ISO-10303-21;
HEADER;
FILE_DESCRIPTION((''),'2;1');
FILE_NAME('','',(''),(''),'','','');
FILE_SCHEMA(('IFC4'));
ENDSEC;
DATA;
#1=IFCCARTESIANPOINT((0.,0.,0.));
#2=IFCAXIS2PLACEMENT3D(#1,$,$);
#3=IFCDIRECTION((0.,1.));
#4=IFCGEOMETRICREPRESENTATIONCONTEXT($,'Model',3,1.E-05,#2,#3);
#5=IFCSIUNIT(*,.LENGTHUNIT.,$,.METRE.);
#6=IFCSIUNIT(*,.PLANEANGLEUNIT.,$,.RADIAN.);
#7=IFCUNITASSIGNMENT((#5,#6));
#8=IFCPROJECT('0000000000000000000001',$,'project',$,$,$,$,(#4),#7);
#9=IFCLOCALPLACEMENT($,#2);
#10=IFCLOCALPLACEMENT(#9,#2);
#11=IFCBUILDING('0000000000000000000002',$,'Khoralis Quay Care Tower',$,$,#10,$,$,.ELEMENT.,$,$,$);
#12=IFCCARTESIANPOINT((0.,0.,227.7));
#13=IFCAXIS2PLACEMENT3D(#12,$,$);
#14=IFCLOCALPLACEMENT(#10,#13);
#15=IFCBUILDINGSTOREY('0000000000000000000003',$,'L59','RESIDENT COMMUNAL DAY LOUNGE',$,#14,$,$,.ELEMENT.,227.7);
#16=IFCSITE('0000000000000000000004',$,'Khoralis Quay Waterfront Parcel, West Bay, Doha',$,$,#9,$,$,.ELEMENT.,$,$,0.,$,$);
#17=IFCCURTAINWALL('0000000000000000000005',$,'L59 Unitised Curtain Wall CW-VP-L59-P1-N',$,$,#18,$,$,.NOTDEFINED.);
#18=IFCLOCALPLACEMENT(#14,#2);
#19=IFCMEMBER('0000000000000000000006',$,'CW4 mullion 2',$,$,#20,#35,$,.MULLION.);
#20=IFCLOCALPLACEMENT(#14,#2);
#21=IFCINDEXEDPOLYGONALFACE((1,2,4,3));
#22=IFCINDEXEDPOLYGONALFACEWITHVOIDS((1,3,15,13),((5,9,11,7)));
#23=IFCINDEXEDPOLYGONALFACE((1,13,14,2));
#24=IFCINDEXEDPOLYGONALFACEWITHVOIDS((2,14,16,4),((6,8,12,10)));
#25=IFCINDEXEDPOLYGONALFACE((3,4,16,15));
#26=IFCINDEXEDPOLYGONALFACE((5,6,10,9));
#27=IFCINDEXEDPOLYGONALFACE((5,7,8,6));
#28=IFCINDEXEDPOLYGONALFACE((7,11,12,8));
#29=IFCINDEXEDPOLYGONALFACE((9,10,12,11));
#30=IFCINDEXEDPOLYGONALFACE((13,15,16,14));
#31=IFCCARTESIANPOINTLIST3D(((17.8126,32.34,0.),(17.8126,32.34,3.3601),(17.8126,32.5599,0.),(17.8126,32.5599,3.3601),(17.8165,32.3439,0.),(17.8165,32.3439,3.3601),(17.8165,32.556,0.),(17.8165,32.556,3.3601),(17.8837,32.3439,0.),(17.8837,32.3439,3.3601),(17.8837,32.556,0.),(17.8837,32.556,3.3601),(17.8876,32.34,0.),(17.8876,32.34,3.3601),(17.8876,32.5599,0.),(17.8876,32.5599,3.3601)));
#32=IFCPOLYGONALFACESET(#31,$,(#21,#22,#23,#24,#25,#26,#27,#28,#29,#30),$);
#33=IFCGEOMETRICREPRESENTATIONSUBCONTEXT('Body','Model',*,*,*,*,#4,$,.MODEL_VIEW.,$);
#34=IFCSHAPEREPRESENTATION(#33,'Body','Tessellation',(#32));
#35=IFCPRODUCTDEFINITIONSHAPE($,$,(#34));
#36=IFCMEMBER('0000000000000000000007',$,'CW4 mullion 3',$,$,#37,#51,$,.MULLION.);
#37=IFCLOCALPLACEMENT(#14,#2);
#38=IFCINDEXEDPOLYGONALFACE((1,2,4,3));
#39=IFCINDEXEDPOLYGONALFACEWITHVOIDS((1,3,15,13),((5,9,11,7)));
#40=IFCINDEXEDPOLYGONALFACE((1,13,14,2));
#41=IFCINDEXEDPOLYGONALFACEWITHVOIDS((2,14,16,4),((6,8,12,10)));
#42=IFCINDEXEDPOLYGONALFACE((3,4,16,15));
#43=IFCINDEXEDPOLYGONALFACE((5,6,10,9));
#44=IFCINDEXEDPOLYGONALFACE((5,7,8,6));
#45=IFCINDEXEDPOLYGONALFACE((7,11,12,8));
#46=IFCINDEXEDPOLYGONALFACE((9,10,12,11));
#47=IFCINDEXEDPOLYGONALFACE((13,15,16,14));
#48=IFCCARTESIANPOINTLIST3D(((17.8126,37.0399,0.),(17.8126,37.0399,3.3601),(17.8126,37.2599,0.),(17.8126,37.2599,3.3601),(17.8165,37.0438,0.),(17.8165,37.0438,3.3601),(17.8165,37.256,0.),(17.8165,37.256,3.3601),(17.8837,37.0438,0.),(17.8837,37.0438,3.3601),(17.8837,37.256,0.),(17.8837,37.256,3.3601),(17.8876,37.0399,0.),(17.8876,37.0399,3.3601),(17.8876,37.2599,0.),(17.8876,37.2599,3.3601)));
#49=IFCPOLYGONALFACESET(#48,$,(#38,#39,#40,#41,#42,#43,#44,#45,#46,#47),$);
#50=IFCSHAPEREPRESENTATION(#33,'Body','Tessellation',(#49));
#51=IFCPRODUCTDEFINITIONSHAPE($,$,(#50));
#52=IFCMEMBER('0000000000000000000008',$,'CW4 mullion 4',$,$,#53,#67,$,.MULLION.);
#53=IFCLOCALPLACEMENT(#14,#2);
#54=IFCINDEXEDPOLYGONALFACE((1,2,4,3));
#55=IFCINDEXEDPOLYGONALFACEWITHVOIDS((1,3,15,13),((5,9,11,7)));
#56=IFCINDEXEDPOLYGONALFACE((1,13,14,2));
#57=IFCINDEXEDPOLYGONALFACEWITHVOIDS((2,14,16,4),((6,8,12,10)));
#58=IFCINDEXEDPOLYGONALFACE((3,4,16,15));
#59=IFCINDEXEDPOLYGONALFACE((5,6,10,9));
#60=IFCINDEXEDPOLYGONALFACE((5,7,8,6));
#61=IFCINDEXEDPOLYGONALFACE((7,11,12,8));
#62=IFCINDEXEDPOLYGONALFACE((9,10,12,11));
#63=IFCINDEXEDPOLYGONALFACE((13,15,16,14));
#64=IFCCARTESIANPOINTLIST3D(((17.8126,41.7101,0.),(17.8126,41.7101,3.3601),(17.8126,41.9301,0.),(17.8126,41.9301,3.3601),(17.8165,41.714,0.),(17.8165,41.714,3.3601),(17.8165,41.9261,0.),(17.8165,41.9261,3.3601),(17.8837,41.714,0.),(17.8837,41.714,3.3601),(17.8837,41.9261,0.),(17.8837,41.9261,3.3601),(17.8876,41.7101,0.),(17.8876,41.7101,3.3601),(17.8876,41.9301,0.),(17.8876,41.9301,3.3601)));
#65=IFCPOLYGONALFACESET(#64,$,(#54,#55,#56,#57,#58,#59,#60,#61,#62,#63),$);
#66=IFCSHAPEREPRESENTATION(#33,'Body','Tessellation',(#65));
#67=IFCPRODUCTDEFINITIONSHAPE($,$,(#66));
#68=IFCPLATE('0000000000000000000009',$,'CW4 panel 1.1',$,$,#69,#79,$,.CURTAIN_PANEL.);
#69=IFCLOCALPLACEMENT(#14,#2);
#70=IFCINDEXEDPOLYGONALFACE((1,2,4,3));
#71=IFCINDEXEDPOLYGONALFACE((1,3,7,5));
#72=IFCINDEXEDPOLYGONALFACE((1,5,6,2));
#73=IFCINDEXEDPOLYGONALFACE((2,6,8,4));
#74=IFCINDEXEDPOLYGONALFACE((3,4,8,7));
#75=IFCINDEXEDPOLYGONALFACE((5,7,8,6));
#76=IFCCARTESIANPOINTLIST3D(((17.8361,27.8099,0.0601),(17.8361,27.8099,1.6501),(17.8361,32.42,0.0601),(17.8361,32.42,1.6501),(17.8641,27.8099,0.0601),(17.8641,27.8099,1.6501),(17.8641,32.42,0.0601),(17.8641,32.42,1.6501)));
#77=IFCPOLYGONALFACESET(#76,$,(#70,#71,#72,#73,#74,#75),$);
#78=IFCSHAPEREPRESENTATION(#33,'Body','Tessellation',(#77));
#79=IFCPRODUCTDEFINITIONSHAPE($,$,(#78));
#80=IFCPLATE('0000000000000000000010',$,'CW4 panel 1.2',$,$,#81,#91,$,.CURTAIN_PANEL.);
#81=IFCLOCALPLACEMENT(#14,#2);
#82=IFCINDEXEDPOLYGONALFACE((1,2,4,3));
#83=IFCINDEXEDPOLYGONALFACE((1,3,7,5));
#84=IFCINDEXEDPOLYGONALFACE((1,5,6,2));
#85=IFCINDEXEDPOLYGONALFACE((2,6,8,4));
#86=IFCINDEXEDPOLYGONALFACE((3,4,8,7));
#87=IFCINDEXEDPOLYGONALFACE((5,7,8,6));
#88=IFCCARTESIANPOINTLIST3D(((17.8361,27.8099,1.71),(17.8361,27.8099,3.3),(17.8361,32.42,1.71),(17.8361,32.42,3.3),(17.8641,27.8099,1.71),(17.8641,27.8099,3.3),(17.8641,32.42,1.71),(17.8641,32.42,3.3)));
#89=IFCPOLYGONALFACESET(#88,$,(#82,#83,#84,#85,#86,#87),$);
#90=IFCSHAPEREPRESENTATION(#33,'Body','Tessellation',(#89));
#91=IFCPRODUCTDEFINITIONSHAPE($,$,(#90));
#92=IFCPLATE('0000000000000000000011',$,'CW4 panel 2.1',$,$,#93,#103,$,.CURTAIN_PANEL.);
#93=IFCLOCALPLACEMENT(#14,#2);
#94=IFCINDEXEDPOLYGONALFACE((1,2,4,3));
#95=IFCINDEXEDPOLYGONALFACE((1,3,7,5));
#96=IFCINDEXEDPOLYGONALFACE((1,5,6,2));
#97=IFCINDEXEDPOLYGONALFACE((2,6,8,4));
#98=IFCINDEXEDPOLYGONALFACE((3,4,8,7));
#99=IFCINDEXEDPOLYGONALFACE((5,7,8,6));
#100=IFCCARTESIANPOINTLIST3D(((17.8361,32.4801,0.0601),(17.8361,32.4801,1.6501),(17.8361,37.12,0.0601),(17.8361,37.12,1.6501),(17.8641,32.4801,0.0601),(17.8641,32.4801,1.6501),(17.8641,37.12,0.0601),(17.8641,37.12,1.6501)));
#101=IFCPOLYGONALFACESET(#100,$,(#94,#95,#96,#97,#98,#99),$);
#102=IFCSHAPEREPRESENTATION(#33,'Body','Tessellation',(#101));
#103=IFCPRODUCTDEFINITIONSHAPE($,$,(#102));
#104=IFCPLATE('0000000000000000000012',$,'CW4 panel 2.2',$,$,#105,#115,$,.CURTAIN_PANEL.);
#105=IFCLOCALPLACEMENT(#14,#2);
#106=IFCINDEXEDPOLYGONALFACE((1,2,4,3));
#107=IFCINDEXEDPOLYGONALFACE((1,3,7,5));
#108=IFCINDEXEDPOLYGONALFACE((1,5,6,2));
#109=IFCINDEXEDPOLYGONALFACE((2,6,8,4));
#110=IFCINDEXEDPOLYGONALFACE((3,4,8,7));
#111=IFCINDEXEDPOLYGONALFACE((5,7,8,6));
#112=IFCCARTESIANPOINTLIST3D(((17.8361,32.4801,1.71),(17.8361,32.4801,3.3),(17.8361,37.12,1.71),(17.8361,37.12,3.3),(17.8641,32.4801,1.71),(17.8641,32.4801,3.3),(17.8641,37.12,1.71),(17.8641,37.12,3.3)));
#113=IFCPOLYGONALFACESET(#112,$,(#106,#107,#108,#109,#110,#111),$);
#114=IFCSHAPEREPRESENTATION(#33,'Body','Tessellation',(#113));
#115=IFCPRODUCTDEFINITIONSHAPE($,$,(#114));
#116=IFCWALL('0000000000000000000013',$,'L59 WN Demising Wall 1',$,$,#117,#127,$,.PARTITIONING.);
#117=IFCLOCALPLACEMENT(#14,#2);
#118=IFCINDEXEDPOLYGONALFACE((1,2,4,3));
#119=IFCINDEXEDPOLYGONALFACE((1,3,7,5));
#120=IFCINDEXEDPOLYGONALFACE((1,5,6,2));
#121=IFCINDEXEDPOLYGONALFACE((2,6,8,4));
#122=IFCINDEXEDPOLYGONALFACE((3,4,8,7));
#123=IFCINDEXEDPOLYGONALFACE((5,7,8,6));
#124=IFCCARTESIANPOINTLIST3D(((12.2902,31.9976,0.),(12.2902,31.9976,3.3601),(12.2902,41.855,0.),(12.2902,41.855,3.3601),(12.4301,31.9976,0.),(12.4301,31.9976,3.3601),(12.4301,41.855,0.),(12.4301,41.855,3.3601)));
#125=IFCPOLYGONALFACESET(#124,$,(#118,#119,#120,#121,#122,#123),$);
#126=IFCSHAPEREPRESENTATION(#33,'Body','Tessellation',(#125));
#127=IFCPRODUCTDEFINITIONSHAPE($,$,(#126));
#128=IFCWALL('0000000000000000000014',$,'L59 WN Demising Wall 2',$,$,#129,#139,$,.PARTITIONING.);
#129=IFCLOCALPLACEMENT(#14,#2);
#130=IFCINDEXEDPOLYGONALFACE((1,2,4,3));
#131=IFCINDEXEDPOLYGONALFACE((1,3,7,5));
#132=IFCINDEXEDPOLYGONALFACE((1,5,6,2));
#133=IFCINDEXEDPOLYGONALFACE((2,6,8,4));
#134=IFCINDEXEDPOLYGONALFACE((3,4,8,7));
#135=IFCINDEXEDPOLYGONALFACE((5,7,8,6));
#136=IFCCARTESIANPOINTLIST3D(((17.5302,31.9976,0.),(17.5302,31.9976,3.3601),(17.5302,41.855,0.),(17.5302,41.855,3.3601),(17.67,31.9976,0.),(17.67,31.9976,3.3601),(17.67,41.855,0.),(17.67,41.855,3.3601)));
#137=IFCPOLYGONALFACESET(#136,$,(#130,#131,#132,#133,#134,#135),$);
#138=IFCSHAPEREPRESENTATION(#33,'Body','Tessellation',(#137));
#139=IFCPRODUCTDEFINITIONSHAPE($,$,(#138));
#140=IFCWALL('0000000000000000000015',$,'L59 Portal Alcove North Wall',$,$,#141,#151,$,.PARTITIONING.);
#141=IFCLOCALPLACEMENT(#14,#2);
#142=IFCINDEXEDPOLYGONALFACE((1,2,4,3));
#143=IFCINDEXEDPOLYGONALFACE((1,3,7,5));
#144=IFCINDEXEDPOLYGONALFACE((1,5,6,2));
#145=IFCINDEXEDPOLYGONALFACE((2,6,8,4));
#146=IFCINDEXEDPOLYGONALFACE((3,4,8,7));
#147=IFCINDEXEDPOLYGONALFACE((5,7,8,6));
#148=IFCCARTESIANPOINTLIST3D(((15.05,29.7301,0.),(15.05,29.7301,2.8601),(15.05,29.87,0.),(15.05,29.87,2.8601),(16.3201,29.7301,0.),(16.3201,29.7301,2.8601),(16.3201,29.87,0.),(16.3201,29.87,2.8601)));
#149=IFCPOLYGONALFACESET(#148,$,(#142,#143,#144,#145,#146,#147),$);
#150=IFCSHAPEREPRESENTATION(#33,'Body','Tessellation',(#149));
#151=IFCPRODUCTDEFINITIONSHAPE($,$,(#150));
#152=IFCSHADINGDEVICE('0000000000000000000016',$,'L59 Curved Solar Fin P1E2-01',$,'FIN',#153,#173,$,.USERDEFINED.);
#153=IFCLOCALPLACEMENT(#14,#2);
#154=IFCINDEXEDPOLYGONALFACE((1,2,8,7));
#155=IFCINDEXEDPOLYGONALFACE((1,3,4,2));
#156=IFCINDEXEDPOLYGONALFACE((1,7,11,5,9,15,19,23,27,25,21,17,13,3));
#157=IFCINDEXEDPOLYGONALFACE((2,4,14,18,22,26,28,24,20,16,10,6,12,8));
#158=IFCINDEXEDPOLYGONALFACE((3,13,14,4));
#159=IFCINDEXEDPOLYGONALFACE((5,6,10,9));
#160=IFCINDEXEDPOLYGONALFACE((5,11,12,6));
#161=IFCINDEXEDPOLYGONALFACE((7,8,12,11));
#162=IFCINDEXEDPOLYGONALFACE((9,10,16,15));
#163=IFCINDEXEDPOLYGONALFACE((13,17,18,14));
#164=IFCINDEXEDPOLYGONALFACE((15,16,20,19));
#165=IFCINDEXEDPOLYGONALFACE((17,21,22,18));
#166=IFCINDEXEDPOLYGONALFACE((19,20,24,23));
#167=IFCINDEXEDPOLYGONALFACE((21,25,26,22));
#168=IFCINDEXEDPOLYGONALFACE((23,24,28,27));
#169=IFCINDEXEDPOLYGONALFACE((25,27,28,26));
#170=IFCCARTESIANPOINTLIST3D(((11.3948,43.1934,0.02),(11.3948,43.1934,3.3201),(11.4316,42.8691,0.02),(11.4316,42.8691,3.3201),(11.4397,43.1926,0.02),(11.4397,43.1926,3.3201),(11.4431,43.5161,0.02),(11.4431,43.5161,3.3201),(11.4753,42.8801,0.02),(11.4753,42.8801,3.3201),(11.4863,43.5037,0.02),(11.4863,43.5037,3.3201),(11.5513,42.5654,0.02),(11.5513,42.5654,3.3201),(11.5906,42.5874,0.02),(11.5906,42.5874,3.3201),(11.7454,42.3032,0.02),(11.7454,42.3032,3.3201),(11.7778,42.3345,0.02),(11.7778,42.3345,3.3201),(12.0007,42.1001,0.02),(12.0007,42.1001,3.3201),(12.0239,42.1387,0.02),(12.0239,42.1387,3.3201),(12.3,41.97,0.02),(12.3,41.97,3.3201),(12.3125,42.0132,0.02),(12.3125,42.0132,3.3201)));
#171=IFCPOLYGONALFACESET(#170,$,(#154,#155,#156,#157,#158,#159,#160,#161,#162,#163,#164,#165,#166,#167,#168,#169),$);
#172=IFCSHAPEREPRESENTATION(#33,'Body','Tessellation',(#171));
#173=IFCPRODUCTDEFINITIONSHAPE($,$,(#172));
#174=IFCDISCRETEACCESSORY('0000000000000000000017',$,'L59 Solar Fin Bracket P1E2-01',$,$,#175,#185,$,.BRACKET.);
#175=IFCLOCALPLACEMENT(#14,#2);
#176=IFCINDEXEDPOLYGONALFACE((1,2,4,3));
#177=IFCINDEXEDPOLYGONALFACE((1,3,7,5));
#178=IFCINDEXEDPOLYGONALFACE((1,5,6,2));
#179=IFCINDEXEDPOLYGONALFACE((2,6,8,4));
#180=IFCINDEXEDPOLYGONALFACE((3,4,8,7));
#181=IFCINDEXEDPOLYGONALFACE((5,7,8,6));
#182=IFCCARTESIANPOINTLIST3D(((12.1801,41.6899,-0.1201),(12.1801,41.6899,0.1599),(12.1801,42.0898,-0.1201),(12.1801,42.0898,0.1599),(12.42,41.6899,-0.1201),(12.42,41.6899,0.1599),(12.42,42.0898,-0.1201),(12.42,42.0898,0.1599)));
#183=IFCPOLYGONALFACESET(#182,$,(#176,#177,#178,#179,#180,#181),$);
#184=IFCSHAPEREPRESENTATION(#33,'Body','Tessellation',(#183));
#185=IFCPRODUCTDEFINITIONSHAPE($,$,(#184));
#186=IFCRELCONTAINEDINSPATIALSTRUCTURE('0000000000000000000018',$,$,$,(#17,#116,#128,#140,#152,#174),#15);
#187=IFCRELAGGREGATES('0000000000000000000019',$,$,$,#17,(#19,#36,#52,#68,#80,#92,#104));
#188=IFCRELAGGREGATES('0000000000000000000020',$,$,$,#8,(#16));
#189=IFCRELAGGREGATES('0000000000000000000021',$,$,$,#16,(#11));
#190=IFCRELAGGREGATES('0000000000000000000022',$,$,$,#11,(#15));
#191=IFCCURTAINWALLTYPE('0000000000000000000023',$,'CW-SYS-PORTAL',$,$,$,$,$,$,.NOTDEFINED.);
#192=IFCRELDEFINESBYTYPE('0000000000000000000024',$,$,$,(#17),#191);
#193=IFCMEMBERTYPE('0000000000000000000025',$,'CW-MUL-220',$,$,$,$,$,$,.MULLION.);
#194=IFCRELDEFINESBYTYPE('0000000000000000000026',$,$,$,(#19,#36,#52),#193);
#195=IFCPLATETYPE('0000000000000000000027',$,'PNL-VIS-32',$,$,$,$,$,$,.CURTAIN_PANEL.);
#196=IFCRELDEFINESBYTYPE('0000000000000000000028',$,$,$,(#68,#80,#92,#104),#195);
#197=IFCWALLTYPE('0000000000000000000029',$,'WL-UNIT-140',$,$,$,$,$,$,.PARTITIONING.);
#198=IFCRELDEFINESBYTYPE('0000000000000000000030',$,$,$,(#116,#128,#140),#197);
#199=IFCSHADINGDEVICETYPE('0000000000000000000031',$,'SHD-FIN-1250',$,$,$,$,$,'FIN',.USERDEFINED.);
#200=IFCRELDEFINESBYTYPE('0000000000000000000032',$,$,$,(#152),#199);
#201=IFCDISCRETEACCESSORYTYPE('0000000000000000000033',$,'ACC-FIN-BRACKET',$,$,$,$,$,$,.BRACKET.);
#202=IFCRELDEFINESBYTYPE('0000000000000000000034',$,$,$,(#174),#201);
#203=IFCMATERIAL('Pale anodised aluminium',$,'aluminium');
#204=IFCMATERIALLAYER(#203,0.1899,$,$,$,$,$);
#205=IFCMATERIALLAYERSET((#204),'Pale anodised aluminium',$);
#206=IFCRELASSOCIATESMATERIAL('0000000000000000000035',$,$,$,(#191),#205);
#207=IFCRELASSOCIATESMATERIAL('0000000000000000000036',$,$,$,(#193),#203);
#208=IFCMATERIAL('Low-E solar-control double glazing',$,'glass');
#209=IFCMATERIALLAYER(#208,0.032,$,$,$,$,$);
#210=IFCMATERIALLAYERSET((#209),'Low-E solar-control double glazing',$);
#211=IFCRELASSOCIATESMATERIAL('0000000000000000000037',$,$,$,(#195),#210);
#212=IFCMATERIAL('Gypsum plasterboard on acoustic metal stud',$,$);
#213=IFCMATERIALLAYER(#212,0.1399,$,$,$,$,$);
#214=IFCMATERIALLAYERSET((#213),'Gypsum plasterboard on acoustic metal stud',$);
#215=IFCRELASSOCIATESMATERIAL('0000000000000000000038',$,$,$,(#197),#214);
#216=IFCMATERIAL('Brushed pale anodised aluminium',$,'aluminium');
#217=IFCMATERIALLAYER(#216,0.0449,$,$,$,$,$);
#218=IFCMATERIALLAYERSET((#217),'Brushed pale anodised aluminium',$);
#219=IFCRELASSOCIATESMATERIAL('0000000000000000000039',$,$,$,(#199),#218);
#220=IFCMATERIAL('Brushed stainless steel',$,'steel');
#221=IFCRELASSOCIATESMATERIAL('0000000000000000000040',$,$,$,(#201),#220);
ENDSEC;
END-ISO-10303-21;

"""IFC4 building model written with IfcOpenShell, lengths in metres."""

from ifc_helpers import new_model, si_unit, direction, frame, frame_2d, origin, origin_2d, place, context, subcontext, project, spatial, polyline, rectangle, hollow_rectangle, outline, extrude, source, transform, mapped, material, layer, layer_set, material_profile, profile_set, type_object, element, aggregate, save


model = new_model("IFC4")

# Units and contexts
model_context = context("Model", 3, precision=1e-05, world=origin(), true_north=direction((0.0, 1.0)))
body_context = subcontext(model_context, "Body", "Model", "MODEL_VIEW")
ifc_project = project(units=[si_unit("LENGTHUNIT", "METRE"), si_unit("PLANEANGLEUNIT", "RADIAN")], contexts=[model_context])

# Site, building, storey
site_placement = place(None, origin())
site = spatial("IfcSite", under=ifc_project, at=site_placement, Name="Khoralis Quay Waterfront Parcel, West Bay, Doha", CompositionType="ELEMENT", RefElevation=0.0)
building_placement = place(site_placement, origin())
building = spatial("IfcBuilding", under=site, at=building_placement, Name="Khoralis Quay Care Tower", CompositionType="ELEMENT")
storey_placement = place(building_placement, frame((0.0, 0.0, 227.7)))
storey = spatial("IfcBuildingStorey", under=building, at=storey_placement, Name="L59", Description="RESIDENT COMMUNAL DAY LOUNGE", CompositionType="ELEMENT", Elevation=227.7)

# Curtain wall, members, plates
ifc_material_1 = material(Name="Pale anodised aluminium", Category="aluminium")
ifc_layer_1 = layer(ifc_material_1, 0.1899)
ifc_layer_set_1 = layer_set([ifc_layer_1], Name="Pale anodised aluminium")
curtain_wall_type = type_object("IfcCurtainWallType", Name="CW-SYS-PORTAL", PredefinedType="NOTDEFINED", material=ifc_layer_set_1)
curtain_wall_placement = place(storey_placement, origin())
curtain_wall = element("IfcCurtainWall", 1, at=curtain_wall_placement, inside=storey, type_object=curtain_wall_type, Name="L59 Unitised Curtain Wall CW-VP-L59-P1-N", PredefinedType="NOTDEFINED")
ifc_material_profile_1 = material_profile(ifc_material_1, hollow_rectangle(XDim=0.075, YDim=0.22, WallThickness=0.0039, at=origin_2d()), Name="Pale anodised aluminium")
ifc_profile_set_1 = profile_set([ifc_material_profile_1], Name="Pale anodised aluminium")
member_type_1 = type_object("IfcMemberType", Name="CW-MUL-220", PredefinedType="MULLION", material=ifc_profile_set_1)
shared_shape_1 = source(origin(), body_context, "Body", "SweptSolid", [
    extrude(hollow_rectangle(XDim=0.075, YDim=0.22, WallThickness=0.0039, at=origin_2d()), origin(), (0.0, 0.0, 1.0), 3.3601),
])
member_1_placement = place(storey_placement, frame((17.8501, 32.45, 0.0), z_axis=(0.0, 0.0, 1.0), x_axis=(-1.0, 0.0, 0.0)))
member_1 = element("IfcMember", 2, at=member_1_placement, type_object=member_type_1, Name="CW4 mullion 2", PredefinedType="MULLION", context=body_context, shape_type="MappedRepresentation", body=[
    mapped(shared_shape_1, transform((0.0, 0.0, 0.0), scale=1.0)),
])
member_2_placement = place(storey_placement, frame((17.8501, 37.1499, 0.0), z_axis=(0.0, 0.0, 1.0), x_axis=(-1.0, 0.0, 0.0)))
member_2 = element("IfcMember", 3, at=member_2_placement, type_object=member_type_1, Name="CW4 mullion 3", PredefinedType="MULLION", context=body_context, shape_type="MappedRepresentation", body=[
    mapped(shared_shape_1, transform((0.0, 0.0, 0.0), scale=1.0)),
])
member_3_placement = place(storey_placement, frame((17.8501, 41.8201, 0.0), z_axis=(0.0, 0.0, 1.0), x_axis=(-1.0, 0.0, 0.0)))
member_3 = element("IfcMember", 4, at=member_3_placement, type_object=member_type_1, Name="CW4 mullion 4", PredefinedType="MULLION", context=body_context, shape_type="MappedRepresentation", body=[
    mapped(shared_shape_1, transform((0.0, 0.0, 0.0), scale=1.0)),
])
ifc_material_2 = material(Name="Low-E solar-control double glazing", Category="glass")
ifc_layer_2 = layer(ifc_material_2, 0.032)
ifc_layer_set_2 = layer_set([ifc_layer_2], Name="Low-E solar-control double glazing")
plate_type = type_object("IfcPlateType", Name="PNL-VIS-32", PredefinedType="CURTAIN_PANEL", material=ifc_layer_set_2)
shared_shape_2 = source(origin(), body_context, "Body", "SweptSolid", [
    extrude(rectangle(XDim=4.6101, YDim=0.0281, at=origin_2d()), origin(), (0.0, 0.0, 1.0), 1.5901),
])
plate_1_placement = place(storey_placement, frame((17.8501, 30.115, 0.0601), z_axis=(0.0, 0.0, 1.0), x_axis=(0.0, 1.0, 0.0)))
plate_1 = element("IfcPlate", 5, at=plate_1_placement, type_object=plate_type, Name="CW4 panel 1.1", PredefinedType="CURTAIN_PANEL", context=body_context, shape_type="MappedRepresentation", body=[
    mapped(shared_shape_2, transform((0.0, 0.0, 0.0), scale=1.0)),
])
plate_2_placement = place(storey_placement, frame((17.8501, 30.115, 1.71), z_axis=(0.0, 0.0, 1.0), x_axis=(0.0, 1.0, 0.0)))
plate_2 = element("IfcPlate", 6, at=plate_2_placement, type_object=plate_type, Name="CW4 panel 1.2", PredefinedType="CURTAIN_PANEL", context=body_context, shape_type="MappedRepresentation", body=[
    mapped(shared_shape_2, transform((0.0, 0.0, 0.0), scale=1.0)),
])
shared_shape_3 = source(origin(), body_context, "Body", "SweptSolid", [
    extrude(rectangle(XDim=4.6399, YDim=0.0281, at=origin_2d()), origin(), (0.0, 0.0, 1.0), 1.5901),
])
plate_3_placement = place(storey_placement, frame((17.8501, 34.8, 0.0601), z_axis=(0.0, 0.0, 1.0), x_axis=(0.0, 1.0, 0.0)))
plate_3 = element("IfcPlate", 7, at=plate_3_placement, type_object=plate_type, Name="CW4 panel 2.1", PredefinedType="CURTAIN_PANEL", context=body_context, shape_type="MappedRepresentation", body=[
    mapped(shared_shape_3, transform((0.0, 0.0, 0.0), scale=1.0)),
])
plate_4_placement = place(storey_placement, frame((17.8501, 34.8, 1.71), z_axis=(0.0, 0.0, 1.0), x_axis=(0.0, 1.0, 0.0)))
plate_4 = element("IfcPlate", 8, at=plate_4_placement, type_object=plate_type, Name="CW4 panel 2.2", PredefinedType="CURTAIN_PANEL", context=body_context, shape_type="MappedRepresentation", body=[
    mapped(shared_shape_3, transform((0.0, 0.0, 0.0), scale=1.0)),
])
aggregate(curtain_wall, [member_1, member_2, member_3, plate_1, plate_2, plate_3, plate_4])

# Walls
ifc_material_3 = material(Name="Gypsum plasterboard on acoustic metal stud")
ifc_layer_3 = layer(ifc_material_3, 0.1399)
ifc_layer_set_3 = layer_set([ifc_layer_3], Name="Gypsum plasterboard on acoustic metal stud")
wall_type = type_object("IfcWallType", Name="WL-UNIT-140", PredefinedType="PARTITIONING", material=ifc_layer_set_3)
for number, where, z_axis, x_axis, name in (
    (9, (12.3601, 31.9976, 0.0), (0.0, 0.0, 1.0), (0.0, 1.0, 0.0), "L59 WN Demising Wall 1"),
    (10, (17.6001, 31.9976, 0.0), (0.0, 0.0, 1.0), (0.0, 1.0, 0.0), "L59 WN Demising Wall 2"),
):
    element("IfcWall", number, at=place(storey_placement, frame(where, z_axis=z_axis, x_axis=x_axis)), inside=storey, type_object=wall_type, Name=name, PredefinedType="PARTITIONING", context=body_context, shape_type="SweptSolid", body=[
        extrude(rectangle(XDim=9.8574, YDim=0.1399, at=frame_2d((4.9287, 0.0))), origin(), (0.0, 0.0, 1.0), 3.3601),
    ])
wall_placement = place(storey_placement, frame((15.05, 29.8, 0.0), z_axis=(0.0, 0.0, 1.0), x_axis=(1.0, 0.0, 0.0)))
element("IfcWall", 11, at=wall_placement, inside=storey, type_object=wall_type, Name="L59 Portal Alcove North Wall", PredefinedType="PARTITIONING", context=body_context, shape_type="SweptSolid", body=[
    extrude(rectangle(XDim=1.27, YDim=0.1399, at=frame_2d((0.635, 0.0))), origin(), (0.0, 0.0, 1.0), 2.8601),
])

# Shading device
ifc_material_4 = material(Name="Brushed pale anodised aluminium", Category="aluminium")
ifc_layer_4 = layer(ifc_material_4, 0.0449)
ifc_layer_set_4 = layer_set([ifc_layer_4], Name="Brushed pale anodised aluminium")
shading_device_type = type_object("IfcShadingDeviceType", Name="SHD-FIN-1250", ElementType="FIN", PredefinedType="USERDEFINED", material=ifc_layer_set_4)
shared_shape_4 = source(origin(), body_context, "Body", "SweptSolid", [
    extrude(outline(polyline([(0.0, 0.0), (0.1301, 0.2993), (0.3333, 0.5547), (0.5955, 0.7488), (0.8992, 0.8684), (1.2234, 0.9053), (1.5461, 0.8569), (1.5337, 0.8137), (1.2227, 0.8604), (0.9102, 0.8247), (0.6174, 0.7095), (0.3645, 0.5222), (0.1687, 0.2761), (0.0432, -0.0125), (0.0, 0.0)])), origin(), (0.0, 0.0, 1.0), 3.3),
])
shading_device_placement = place(storey_placement, frame((12.3, 41.97, 0.02), z_axis=(0.0, 0.0, 1.0), x_axis=(0.0, 1.0, 0.0)))
element("IfcShadingDevice", 12, at=shading_device_placement, inside=storey, type_object=shading_device_type, Name="L59 Curved Solar Fin P1E2-01", ObjectType="FIN", PredefinedType="USERDEFINED", context=body_context, shape_type="MappedRepresentation", body=[
    mapped(shared_shape_4, transform((0.0, 0.0, 0.0), scale=1.0)),
])

# Discrete accessory
ifc_material_5 = material(Name="Brushed stainless steel", Category="steel")
discrete_accessory_type = type_object("IfcDiscreteAccessoryType", Name="ACC-FIN-BRACKET", PredefinedType="BRACKET", material=ifc_material_5)
shared_shape_5 = source(origin(), body_context, "Body", "SweptSolid", [
    extrude(rectangle(XDim=0.3999, YDim=0.24, at=origin_2d()), origin(), (0.0, 0.0, 1.0), 0.28),
])
discrete_accessory_placement = place(storey_placement, frame((12.3, 41.8899, -0.1201), z_axis=(0.0, 0.0, 1.0), x_axis=(0.0, 1.0, 0.0)))
element("IfcDiscreteAccessory", 13, at=discrete_accessory_placement, inside=storey, type_object=discrete_accessory_type, Name="L59 Solar Fin Bracket P1E2-01", PredefinedType="BRACKET", context=body_context, shape_type="MappedRepresentation", body=[
    mapped(shared_shape_5, transform((0.0, 0.0, 0.0), scale=1.0)),
])

save(model, "model.ifc")
